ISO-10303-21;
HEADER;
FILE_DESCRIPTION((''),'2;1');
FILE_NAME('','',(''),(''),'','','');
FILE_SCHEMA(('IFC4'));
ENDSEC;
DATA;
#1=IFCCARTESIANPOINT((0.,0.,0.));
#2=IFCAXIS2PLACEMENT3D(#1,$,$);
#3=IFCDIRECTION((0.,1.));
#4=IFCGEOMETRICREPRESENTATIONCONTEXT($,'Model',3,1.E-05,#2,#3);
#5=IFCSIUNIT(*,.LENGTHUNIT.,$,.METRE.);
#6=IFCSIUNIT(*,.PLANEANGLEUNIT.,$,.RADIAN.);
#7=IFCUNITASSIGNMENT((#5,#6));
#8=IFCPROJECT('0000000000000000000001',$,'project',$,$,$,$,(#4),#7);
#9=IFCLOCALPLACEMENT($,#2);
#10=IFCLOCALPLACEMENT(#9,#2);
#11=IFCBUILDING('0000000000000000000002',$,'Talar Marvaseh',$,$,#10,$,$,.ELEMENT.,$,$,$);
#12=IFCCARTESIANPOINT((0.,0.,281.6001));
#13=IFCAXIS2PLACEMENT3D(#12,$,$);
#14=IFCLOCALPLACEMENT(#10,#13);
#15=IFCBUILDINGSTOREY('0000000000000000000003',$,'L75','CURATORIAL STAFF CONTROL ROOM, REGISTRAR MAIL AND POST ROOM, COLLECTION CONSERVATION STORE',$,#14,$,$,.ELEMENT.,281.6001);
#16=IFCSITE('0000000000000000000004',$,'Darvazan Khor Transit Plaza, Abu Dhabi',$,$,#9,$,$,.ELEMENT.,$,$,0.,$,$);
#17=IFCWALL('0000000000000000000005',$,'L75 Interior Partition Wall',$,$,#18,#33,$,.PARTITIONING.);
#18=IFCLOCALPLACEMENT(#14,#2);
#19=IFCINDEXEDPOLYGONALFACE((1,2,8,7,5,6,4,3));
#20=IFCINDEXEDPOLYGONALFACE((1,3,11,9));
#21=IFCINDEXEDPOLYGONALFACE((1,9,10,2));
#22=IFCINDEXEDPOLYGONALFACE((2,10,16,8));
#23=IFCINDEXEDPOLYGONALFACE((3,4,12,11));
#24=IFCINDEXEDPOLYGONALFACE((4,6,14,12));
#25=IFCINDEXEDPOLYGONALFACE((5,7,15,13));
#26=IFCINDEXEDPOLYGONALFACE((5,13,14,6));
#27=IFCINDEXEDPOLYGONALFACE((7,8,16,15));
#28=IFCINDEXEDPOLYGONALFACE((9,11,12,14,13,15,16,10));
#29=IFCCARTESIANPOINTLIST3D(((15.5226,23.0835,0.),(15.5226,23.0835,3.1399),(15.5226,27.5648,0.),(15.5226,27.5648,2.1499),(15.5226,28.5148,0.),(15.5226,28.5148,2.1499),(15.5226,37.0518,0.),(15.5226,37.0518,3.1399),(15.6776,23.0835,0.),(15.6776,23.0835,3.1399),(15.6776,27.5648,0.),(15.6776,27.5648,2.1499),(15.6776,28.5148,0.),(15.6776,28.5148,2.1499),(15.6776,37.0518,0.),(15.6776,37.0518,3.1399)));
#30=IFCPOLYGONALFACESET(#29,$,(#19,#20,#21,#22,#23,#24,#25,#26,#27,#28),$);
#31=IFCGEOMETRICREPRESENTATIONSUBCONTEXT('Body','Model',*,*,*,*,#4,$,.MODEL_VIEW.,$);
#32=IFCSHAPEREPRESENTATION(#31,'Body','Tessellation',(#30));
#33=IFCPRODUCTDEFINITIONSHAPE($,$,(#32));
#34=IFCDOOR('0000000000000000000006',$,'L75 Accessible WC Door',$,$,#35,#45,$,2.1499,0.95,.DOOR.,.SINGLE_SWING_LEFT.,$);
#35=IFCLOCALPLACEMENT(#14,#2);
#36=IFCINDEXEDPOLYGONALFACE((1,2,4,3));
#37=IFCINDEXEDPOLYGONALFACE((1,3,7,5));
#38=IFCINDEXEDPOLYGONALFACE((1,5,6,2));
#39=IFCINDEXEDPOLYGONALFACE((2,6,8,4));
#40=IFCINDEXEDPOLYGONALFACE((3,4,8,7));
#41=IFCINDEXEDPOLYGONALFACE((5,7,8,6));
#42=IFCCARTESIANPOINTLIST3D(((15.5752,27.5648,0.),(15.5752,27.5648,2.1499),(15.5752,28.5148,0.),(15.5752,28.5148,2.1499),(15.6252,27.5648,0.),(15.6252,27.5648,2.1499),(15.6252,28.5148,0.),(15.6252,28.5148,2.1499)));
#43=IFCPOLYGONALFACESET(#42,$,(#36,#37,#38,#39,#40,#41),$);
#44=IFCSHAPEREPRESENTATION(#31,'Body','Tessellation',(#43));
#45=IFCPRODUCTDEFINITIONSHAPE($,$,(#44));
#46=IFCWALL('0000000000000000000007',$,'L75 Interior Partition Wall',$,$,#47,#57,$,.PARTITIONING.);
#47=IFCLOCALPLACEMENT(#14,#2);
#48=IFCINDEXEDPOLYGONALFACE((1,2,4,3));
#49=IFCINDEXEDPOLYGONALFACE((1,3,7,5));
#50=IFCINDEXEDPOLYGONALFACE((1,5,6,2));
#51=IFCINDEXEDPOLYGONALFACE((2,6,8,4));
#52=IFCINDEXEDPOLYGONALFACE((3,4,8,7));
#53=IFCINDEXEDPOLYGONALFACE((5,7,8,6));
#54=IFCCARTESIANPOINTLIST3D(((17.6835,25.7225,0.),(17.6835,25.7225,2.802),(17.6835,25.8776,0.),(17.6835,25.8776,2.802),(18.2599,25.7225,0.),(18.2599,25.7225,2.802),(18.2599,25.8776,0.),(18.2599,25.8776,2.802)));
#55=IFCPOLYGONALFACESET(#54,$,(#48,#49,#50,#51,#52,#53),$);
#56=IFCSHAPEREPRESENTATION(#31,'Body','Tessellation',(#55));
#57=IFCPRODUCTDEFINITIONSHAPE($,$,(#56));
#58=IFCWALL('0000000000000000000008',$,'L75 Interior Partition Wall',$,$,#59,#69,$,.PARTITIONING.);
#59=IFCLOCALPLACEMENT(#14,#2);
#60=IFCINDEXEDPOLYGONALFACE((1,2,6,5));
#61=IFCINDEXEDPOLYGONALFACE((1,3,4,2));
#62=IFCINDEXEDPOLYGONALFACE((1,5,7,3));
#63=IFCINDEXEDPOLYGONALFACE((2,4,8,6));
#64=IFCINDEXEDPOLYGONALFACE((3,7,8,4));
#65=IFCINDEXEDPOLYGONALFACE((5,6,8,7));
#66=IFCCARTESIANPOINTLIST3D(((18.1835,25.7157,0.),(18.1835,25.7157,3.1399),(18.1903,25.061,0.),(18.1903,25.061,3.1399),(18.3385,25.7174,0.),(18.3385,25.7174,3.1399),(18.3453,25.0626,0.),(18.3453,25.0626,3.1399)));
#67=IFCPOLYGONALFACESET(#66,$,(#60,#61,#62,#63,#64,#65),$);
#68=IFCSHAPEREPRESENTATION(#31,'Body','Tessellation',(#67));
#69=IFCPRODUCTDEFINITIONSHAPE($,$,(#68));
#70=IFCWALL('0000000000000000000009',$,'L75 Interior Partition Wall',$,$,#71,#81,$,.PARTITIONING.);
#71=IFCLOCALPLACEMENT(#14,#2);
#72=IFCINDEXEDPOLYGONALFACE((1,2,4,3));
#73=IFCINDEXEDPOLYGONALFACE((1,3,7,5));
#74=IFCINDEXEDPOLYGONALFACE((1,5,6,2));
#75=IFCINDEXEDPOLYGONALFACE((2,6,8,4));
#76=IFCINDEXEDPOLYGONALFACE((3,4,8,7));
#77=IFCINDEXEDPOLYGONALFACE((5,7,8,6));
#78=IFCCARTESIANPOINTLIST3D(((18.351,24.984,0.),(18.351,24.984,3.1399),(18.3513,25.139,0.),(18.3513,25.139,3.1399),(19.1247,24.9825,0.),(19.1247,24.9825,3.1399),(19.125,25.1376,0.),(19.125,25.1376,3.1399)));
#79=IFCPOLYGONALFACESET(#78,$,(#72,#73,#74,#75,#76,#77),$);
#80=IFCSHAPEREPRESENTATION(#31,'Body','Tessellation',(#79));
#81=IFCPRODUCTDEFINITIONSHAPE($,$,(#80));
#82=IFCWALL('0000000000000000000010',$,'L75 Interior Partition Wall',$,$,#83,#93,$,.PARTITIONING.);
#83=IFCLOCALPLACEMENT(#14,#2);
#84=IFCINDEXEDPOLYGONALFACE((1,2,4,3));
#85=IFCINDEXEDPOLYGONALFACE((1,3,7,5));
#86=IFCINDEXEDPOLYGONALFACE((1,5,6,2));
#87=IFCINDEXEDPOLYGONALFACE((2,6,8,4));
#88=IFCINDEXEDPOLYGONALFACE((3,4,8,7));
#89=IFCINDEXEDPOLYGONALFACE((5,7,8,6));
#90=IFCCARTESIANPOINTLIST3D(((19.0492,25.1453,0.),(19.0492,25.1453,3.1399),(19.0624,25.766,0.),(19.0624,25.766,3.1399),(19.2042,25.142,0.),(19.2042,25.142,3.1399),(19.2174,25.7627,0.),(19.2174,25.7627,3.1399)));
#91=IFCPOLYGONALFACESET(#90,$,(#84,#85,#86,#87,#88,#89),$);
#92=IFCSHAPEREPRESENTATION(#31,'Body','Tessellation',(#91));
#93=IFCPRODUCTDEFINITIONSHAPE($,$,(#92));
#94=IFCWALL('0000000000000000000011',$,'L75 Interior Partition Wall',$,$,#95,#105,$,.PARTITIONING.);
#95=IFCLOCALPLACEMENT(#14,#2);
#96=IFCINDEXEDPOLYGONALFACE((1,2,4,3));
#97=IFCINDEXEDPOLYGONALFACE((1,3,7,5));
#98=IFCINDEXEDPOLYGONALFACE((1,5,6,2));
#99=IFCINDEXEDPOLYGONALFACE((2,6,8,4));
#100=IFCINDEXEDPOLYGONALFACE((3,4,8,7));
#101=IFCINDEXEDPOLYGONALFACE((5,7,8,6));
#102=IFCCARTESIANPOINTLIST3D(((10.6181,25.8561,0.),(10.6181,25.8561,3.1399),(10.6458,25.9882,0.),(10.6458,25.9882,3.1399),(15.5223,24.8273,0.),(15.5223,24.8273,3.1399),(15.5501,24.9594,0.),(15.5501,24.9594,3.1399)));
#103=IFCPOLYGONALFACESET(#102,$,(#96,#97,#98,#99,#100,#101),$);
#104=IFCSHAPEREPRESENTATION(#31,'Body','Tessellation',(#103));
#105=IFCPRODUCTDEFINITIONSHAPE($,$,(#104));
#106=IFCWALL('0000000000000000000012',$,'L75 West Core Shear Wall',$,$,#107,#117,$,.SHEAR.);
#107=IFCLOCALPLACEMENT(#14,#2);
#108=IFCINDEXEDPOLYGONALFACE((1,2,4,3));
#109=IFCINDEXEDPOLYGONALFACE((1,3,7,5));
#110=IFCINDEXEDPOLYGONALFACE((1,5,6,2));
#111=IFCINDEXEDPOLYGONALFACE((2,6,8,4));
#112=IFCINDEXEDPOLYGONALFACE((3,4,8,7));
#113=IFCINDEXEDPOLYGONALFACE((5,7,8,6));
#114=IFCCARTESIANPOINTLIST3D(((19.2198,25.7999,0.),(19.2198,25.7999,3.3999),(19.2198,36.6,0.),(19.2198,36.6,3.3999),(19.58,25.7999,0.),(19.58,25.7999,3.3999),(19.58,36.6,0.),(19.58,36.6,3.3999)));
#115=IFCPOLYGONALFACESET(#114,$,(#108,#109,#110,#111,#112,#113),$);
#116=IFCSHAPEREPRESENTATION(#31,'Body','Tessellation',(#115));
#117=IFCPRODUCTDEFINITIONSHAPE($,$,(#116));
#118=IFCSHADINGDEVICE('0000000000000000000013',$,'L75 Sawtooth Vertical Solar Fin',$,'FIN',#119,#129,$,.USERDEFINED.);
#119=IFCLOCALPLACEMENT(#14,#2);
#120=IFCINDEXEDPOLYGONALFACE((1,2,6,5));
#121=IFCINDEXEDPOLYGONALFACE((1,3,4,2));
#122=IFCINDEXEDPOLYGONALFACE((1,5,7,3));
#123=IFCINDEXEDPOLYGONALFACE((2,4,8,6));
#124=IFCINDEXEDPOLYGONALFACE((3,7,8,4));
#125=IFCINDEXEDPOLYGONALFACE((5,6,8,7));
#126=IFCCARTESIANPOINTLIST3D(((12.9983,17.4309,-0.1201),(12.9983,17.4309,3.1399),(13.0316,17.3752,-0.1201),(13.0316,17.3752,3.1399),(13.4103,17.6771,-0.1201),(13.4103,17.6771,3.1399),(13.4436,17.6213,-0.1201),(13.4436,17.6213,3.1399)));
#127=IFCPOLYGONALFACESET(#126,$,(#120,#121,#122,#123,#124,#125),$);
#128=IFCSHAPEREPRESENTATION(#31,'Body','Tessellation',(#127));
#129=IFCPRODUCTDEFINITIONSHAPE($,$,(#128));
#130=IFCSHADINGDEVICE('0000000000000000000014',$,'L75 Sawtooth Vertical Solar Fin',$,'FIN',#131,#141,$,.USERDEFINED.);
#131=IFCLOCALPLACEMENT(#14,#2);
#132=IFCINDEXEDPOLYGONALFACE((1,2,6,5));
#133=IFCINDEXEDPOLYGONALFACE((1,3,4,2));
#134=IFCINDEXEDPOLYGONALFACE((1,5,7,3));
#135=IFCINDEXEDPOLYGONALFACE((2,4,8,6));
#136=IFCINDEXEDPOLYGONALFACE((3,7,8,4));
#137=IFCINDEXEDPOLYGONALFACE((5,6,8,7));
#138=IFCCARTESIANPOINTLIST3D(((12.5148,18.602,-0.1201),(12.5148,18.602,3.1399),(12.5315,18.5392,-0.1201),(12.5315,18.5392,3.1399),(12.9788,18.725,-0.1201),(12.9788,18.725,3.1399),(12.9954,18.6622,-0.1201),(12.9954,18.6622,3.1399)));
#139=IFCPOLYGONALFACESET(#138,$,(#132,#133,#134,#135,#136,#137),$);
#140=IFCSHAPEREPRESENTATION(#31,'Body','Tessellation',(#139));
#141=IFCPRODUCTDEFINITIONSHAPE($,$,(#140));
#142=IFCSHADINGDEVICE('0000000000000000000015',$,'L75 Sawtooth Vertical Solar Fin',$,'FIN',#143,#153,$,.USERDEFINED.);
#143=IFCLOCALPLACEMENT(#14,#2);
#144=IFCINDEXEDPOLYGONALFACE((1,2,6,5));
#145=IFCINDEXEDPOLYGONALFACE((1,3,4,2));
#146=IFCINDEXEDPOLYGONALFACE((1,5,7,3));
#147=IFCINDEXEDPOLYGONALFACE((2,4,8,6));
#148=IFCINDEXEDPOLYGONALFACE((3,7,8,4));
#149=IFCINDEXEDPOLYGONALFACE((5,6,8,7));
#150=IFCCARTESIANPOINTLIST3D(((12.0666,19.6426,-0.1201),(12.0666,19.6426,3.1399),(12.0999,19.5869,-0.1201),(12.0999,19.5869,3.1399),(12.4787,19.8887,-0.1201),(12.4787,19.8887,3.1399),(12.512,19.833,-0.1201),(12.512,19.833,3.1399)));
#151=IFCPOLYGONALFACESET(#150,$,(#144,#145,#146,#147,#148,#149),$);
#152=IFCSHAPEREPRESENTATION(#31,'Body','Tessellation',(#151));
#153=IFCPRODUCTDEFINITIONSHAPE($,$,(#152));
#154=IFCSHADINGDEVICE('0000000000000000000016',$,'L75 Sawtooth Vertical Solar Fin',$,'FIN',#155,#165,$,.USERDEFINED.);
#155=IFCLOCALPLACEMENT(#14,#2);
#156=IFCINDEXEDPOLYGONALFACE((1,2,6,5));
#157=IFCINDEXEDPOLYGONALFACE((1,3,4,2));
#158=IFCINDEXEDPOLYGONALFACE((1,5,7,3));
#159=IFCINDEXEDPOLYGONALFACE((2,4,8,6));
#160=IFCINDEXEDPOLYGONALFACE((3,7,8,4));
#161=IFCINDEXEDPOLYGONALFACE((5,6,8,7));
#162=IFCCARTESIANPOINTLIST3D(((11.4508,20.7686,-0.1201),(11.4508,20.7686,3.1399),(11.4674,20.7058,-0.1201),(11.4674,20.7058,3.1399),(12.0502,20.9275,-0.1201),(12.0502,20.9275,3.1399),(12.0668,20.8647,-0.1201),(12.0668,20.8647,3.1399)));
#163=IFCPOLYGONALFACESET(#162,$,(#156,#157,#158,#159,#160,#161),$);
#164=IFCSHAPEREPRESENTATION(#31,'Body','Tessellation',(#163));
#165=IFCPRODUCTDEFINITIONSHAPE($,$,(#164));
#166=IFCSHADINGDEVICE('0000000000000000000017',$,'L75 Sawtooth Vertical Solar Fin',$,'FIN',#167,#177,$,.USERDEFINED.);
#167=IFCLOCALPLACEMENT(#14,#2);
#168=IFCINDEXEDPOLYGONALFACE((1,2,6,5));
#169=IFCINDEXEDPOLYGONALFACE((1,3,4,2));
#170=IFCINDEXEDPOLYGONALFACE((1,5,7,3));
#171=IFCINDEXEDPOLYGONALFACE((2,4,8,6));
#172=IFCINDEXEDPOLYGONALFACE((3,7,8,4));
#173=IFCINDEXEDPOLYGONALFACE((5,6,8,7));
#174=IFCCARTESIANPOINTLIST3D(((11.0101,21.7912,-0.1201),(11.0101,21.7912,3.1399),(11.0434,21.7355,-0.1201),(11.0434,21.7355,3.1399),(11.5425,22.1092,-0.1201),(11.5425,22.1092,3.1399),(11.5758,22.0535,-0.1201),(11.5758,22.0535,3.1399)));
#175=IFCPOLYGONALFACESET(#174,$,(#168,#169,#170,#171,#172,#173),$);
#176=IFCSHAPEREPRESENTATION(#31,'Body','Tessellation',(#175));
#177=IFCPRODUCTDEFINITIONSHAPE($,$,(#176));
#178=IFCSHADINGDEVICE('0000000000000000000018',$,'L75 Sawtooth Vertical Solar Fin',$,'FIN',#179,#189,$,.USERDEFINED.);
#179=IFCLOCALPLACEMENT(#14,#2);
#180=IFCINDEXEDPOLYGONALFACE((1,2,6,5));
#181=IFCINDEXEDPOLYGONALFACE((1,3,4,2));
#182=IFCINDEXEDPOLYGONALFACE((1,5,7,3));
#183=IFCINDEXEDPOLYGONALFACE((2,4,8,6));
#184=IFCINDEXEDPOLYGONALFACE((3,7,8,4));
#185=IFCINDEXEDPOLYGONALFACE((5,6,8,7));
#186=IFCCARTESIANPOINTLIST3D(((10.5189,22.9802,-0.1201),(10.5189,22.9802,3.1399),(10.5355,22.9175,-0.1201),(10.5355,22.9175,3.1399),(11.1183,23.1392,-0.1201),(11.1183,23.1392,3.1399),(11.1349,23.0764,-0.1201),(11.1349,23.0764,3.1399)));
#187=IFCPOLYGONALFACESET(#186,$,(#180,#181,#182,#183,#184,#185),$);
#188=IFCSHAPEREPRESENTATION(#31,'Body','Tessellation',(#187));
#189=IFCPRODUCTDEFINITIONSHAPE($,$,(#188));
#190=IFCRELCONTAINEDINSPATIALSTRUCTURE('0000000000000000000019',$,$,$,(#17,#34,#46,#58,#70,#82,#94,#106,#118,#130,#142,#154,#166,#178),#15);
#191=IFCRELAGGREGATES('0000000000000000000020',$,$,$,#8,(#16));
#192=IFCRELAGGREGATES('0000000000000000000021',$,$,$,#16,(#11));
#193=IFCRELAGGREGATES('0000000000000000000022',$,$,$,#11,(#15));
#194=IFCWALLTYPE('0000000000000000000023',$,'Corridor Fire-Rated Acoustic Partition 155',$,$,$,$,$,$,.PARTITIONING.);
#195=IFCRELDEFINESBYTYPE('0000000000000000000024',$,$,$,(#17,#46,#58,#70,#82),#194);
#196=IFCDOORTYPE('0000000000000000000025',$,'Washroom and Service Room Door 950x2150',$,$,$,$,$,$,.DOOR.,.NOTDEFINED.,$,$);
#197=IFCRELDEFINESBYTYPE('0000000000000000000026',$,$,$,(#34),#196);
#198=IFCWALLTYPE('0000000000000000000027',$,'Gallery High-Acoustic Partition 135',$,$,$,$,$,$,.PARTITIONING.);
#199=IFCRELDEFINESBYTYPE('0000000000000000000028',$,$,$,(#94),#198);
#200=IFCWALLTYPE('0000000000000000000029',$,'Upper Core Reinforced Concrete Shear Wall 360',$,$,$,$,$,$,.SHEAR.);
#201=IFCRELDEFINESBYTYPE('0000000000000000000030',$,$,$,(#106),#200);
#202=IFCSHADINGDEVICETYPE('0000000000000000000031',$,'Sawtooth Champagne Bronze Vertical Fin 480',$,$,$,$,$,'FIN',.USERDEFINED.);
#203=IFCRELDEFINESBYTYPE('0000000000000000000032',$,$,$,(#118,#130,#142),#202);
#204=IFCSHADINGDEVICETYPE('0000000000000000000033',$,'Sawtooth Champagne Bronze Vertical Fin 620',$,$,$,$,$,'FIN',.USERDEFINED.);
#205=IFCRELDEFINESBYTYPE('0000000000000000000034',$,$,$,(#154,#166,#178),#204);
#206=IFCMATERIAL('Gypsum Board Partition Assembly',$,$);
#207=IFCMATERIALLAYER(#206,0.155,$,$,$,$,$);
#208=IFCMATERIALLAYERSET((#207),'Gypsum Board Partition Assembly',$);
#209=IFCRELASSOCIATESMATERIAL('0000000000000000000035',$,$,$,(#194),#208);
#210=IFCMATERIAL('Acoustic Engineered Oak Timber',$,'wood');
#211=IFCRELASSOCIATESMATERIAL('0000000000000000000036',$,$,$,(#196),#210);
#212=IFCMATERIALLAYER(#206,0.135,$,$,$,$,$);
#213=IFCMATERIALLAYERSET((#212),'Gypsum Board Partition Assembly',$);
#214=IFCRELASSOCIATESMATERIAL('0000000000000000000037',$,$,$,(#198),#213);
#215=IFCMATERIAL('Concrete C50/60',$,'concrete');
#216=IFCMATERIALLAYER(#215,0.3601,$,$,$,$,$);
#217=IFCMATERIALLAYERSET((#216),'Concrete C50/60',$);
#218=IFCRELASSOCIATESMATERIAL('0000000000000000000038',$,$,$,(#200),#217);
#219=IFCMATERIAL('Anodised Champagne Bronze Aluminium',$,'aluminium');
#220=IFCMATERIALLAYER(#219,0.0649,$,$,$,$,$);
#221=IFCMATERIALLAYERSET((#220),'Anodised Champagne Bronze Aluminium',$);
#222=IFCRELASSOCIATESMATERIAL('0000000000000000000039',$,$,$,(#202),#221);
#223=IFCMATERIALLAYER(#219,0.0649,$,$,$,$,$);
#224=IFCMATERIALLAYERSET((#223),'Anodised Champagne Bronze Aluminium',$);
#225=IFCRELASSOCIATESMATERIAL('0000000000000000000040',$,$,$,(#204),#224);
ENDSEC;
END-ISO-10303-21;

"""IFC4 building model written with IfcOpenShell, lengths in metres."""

from ifc_helpers import new_model, si_unit, direction, frame, frame_2d, origin, origin_2d, place, context, subcontext, project, spatial, rectangle, extrude, source, transform, mapped, material, layer, layer_set, type_object, type_shapes, element, fill, save


model = new_model("IFC4")

# Units and contexts
model_context = context("Model", 3, precision=1e-05, world=origin(), true_north=direction((0.0, 1.0)))
body_context = subcontext(model_context, "Body", "Model", "MODEL_VIEW")
ifc_project = project(units=[si_unit("LENGTHUNIT", "METRE"), si_unit("PLANEANGLEUNIT", "RADIAN")], contexts=[model_context])

# Site, building, storey
site_placement = place(None, origin())
site = spatial("IfcSite", under=ifc_project, at=site_placement, Name="Darvazan Khor Transit Plaza, Abu Dhabi", CompositionType="ELEMENT", RefElevation=0.0)
building_placement = place(site_placement, origin())
building = spatial("IfcBuilding", under=site, at=building_placement, Name="Talar Marvaseh", CompositionType="ELEMENT")
storey_placement = place(building_placement, frame((0.0, 0.0, 281.6001)))
storey = spatial("IfcBuildingStorey", under=building, at=storey_placement, Name="L75", Description="CURATORIAL STAFF CONTROL ROOM, REGISTRAR MAIL AND POST ROOM, COLLECTION CONSERVATION STORE", CompositionType="ELEMENT", Elevation=281.6001)

# Shared definitions
ifc_material_1 = material(Name="Concrete C50/60", Category="concrete")

# Wall, opening, door
ifc_material_2 = material(Name="Gypsum Board Partition Assembly")
ifc_layer_1 = layer(ifc_material_2, 0.155)
ifc_layer_set_1 = layer_set([ifc_layer_1], Name="Gypsum Board Partition Assembly")
wall_type_1 = type_object("IfcWallType", Name="Corridor Fire-Rated Acoustic Partition 155", PredefinedType="PARTITIONING", material=ifc_layer_set_1)
wall_1_placement = place(storey_placement, frame((15.6001, 23.0835, 0.0), z_axis=(0.0, 0.0, 1.0), x_axis=(0.0, 1.0, 0.0)))
wall_1 = element("IfcWall", 1, at=wall_1_placement, inside=storey, type_object=wall_type_1, Name="L75 Interior Partition Wall", PredefinedType="PARTITIONING", context=body_context, shape_type="SweptSolid", body=[
    extrude(rectangle(XDim=13.9683, YDim=0.155, at=frame_2d((6.9841, 0.0))), origin(), (0.0, 0.0, 1.0), 3.1399),
])
opening_placement = place(wall_1_placement, frame((4.4812, 0.0, 0.0)))
opening = element("IfcOpeningElement", 2, at=opening_placement, cuts=wall_1, PredefinedType="OPENING", context=body_context, shape_type="SweptSolid", body=[
    extrude(rectangle(XDim=0.95, YDim=2.1499, at=frame_2d((0.4751, 1.075))), frame((0.0, 0.0874, 0.0), z_axis=(0.0, -1.0, 0.0), x_axis=(1.0, 0.0, 0.0)), (0.0, 0.0, 1.0), 0.175),
])
ifc_material_3 = material(Name="Acoustic Engineered Oak Timber", Category="wood")
door_type = type_object("IfcDoorType", Name="Washroom and Service Room Door 950x2150", OperationType="NOTDEFINED", PredefinedType="DOOR", material=ifc_material_3)
shared_shape_1 = source(origin(), body_context, "Body", "SweptSolid", [
    extrude(rectangle(XDim=0.95, YDim=2.1499, at=frame_2d((0.4751, 1.075))), frame((0.0, 0.0249, 0.0), z_axis=(0.0, -1.0, 0.0), x_axis=(1.0, 0.0, 0.0)), (0.0, 0.0, 1.0), 0.05),
])
type_shapes(door_type, [shared_shape_1])
door_placement = place(opening_placement, origin())
door = element("IfcDoor", 3, at=door_placement, inside=storey, type_object=door_type, Name="L75 Accessible WC Door", OperationType="SINGLE_SWING_LEFT", OverallHeight=2.1499, OverallWidth=0.95, PredefinedType="DOOR", context=body_context, shape_type="MappedRepresentation", body=[
    mapped(shared_shape_1, transform((0.0, 0.0, 0.0), x_axis=(1.0, 0.0, 0.0), y_axis=(0.0, 1.0, 0.0), z_axis=(0.0, 0.0, 1.0), scale=1.0)),
])
fill(opening, door)

# Walls
wall_2_placement = place(storey_placement, frame((17.6836, 25.8, 0.0), z_axis=(0.0, 0.0, 1.0), x_axis=(1.0, 0.0, 0.0)))
element("IfcWall", 4, at=wall_2_placement, inside=storey, type_object=wall_type_1, Name="L75 Interior Partition Wall", PredefinedType="PARTITIONING", context=body_context, shape_type="SweptSolid", body=[
    extrude(rectangle(XDim=0.5764, YDim=0.155, at=frame_2d((0.2881, 0.0))), origin(), (0.0, 0.0, 1.0), 2.802),
])
wall_3_placement = place(storey_placement, frame((18.261, 25.7166, 0.0), z_axis=(0.0, 0.0, 1.0), x_axis=(0.010439, -0.999946, 0.0)))
element("IfcWall", 5, at=wall_3_placement, inside=storey, type_object=wall_type_1, Name="L75 Interior Partition Wall", PredefinedType="PARTITIONING", context=body_context, shape_type="SweptSolid", body=[
    extrude(rectangle(XDim=0.6548, YDim=0.155, at=frame_2d((0.3274, 0.0))), origin(), (0.0, 0.0, 1.0), 3.1399),
])
wall_4_placement = place(storey_placement, frame((18.3513, 25.0615, 0.0), z_axis=(0.0, 0.0, 1.0), x_axis=(0.999998, -0.001893, 0.0)))
element("IfcWall", 6, at=wall_4_placement, inside=storey, type_object=wall_type_1, Name="L75 Interior Partition Wall", PredefinedType="PARTITIONING", context=body_context, shape_type="SweptSolid", body=[
    extrude(rectangle(XDim=0.7737, YDim=0.155, at=frame_2d((0.3867, 0.0))), origin(), (0.0, 0.0, 1.0), 3.1399),
])
wall_5_placement = place(storey_placement, frame((19.1267, 25.1436, 0.0), z_axis=(0.0, 0.0, 1.0), x_axis=(0.021238, 0.999774, 0.0)))
element("IfcWall", 7, at=wall_5_placement, inside=storey, type_object=wall_type_1, Name="L75 Interior Partition Wall", PredefinedType="PARTITIONING", context=body_context, shape_type="SweptSolid", body=[
    extrude(rectangle(XDim=0.6208, YDim=0.155, at=frame_2d((0.3105, 0.0))), origin(), (0.0, 0.0, 1.0), 3.1399),
])
ifc_layer_2 = layer(ifc_material_2, 0.135)
ifc_layer_set_2 = layer_set([ifc_layer_2], Name="Gypsum Board Partition Assembly")
wall_type_2 = type_object("IfcWallType", Name="Gallery High-Acoustic Partition 135", PredefinedType="PARTITIONING", material=ifc_layer_set_2)
wall_6_placement = place(storey_placement, frame((10.6321, 25.9221, 0.0), z_axis=(0.0, 0.0, 1.0), x_axis=(0.978697, -0.205308, 0.0)))
element("IfcWall", 8, at=wall_6_placement, inside=storey, type_object=wall_type_2, Name="L75 Interior Partition Wall", PredefinedType="PARTITIONING", context=body_context, shape_type="SweptSolid", body=[
    extrude(rectangle(XDim=5.011, YDim=0.135, at=frame_2d((2.5054, 0.0))), origin(), (0.0, 0.0, 1.0), 3.1399),
])
ifc_layer_3 = layer(ifc_material_1, 0.3601)
ifc_layer_set_3 = layer_set([ifc_layer_3], Name="Concrete C50/60")
wall_type_3 = type_object("IfcWallType", Name="Upper Core Reinforced Concrete Shear Wall 360", PredefinedType="SHEAR", material=ifc_layer_set_3)
wall_7_placement = place(storey_placement, frame((19.3999, 25.8, 0.0), z_axis=(0.0, 0.0, 1.0), x_axis=(0.0, 1.0, 0.0)))
element("IfcWall", 9, at=wall_7_placement, inside=storey, type_object=wall_type_3, Name="L75 West Core Shear Wall", PredefinedType="SHEAR", context=body_context, shape_type="SweptSolid", body=[
    extrude(rectangle(XDim=10.8, YDim=0.3601, at=frame_2d((5.3999, 0.0))), origin(), (0.0, 0.0, 1.0), 3.3999),
])

# Shading devices
ifc_material_4 = material(Name="Anodised Champagne Bronze Aluminium", Category="aluminium")
ifc_layer_4 = layer(ifc_material_4, 0.0649)
ifc_layer_set_4 = layer_set([ifc_layer_4], Name="Anodised Champagne Bronze Aluminium")
shading_device_type_1 = type_object("IfcShadingDeviceType", Name="Sawtooth Champagne Bronze Vertical Fin 480", ElementType="FIN", PredefinedType="USERDEFINED", material=ifc_layer_set_4)
shared_shape_2 = source(origin(), body_context, "Body", "SweptSolid", [
    extrude(rectangle(XDim=0.48, YDim=0.0649, at=origin_2d()), origin(), (0.0, 0.0, 1.0), 3.26),
])
type_shapes(shading_device_type_1, [shared_shape_2])
for number, where, z_axis, x_axis, name in (
    (10, (13.2209, 17.5261, -0.1201), (0.0, 0.0, 1.0), (-0.858513, -0.512792, 0.0), "L75 Sawtooth Vertical Solar Fin"),
    (11, (12.7551, 18.6321, -0.1201), (0.0, 0.0, 1.0), (-0.9666, -0.256289, 0.0), "L75 Sawtooth Vertical Solar Fin"),
    (12, (12.2893, 19.7378, -0.1201), (0.0, 0.0, 1.0), (-0.858513, -0.512792, 0.0), "L75 Sawtooth Vertical Solar Fin"),
):
    element("IfcShadingDevice", number, at=place(storey_placement, frame(where, z_axis=z_axis, x_axis=x_axis)), inside=storey, type_object=shading_device_type_1, Name=name, ObjectType="FIN", PredefinedType="USERDEFINED", context=body_context, shape_type="MappedRepresentation", body=[
        mapped(shared_shape_2, transform((0.0, 0.0, 0.0), x_axis=(1.0, 0.0, 0.0), y_axis=(0.0, 1.0, 0.0), z_axis=(0.0, 0.0, 1.0), scale=1.0)),
    ])
ifc_layer_5 = layer(ifc_material_4, 0.0649)
ifc_layer_set_5 = layer_set([ifc_layer_5], Name="Anodised Champagne Bronze Aluminium")
shading_device_type_2 = type_object("IfcShadingDeviceType", Name="Sawtooth Champagne Bronze Vertical Fin 620", ElementType="FIN", PredefinedType="USERDEFINED", material=ifc_layer_set_5)
shared_shape_3 = source(origin(), body_context, "Body", "SweptSolid", [
    extrude(rectangle(XDim=0.6201, YDim=0.0649, at=origin_2d()), origin(), (0.0, 0.0, 1.0), 3.26),
])
type_shapes(shading_device_type_2, [shared_shape_3])
for number, where, z_axis, x_axis, name in (
    (13, (11.7588, 20.8167, -0.1201), (0.0, 0.0, 1.0), (-0.9666, -0.256289, 0.0), "L75 Sawtooth Vertical Solar Fin"),
    (14, (11.293, 21.9224, -0.1201), (0.0, 0.0, 1.0), (-0.858513, -0.512792, 0.0), "L75 Sawtooth Vertical Solar Fin"),
    (15, (10.8269, 23.0283, -0.1201), (0.0, 0.0, 1.0), (-0.9666, -0.256289, 0.0), "L75 Sawtooth Vertical Solar Fin"),
):
    element("IfcShadingDevice", number, at=place(storey_placement, frame(where, z_axis=z_axis, x_axis=x_axis)), inside=storey, type_object=shading_device_type_2, Name=name, ObjectType="FIN", PredefinedType="USERDEFINED", context=body_context, shape_type="MappedRepresentation", body=[
        mapped(shared_shape_3, transform((0.0, 0.0, 0.0), x_axis=(1.0, 0.0, 0.0), y_axis=(0.0, 1.0, 0.0), z_axis=(0.0, 0.0, 1.0), scale=1.0)),
    ])

save(model, "model.ifc")
